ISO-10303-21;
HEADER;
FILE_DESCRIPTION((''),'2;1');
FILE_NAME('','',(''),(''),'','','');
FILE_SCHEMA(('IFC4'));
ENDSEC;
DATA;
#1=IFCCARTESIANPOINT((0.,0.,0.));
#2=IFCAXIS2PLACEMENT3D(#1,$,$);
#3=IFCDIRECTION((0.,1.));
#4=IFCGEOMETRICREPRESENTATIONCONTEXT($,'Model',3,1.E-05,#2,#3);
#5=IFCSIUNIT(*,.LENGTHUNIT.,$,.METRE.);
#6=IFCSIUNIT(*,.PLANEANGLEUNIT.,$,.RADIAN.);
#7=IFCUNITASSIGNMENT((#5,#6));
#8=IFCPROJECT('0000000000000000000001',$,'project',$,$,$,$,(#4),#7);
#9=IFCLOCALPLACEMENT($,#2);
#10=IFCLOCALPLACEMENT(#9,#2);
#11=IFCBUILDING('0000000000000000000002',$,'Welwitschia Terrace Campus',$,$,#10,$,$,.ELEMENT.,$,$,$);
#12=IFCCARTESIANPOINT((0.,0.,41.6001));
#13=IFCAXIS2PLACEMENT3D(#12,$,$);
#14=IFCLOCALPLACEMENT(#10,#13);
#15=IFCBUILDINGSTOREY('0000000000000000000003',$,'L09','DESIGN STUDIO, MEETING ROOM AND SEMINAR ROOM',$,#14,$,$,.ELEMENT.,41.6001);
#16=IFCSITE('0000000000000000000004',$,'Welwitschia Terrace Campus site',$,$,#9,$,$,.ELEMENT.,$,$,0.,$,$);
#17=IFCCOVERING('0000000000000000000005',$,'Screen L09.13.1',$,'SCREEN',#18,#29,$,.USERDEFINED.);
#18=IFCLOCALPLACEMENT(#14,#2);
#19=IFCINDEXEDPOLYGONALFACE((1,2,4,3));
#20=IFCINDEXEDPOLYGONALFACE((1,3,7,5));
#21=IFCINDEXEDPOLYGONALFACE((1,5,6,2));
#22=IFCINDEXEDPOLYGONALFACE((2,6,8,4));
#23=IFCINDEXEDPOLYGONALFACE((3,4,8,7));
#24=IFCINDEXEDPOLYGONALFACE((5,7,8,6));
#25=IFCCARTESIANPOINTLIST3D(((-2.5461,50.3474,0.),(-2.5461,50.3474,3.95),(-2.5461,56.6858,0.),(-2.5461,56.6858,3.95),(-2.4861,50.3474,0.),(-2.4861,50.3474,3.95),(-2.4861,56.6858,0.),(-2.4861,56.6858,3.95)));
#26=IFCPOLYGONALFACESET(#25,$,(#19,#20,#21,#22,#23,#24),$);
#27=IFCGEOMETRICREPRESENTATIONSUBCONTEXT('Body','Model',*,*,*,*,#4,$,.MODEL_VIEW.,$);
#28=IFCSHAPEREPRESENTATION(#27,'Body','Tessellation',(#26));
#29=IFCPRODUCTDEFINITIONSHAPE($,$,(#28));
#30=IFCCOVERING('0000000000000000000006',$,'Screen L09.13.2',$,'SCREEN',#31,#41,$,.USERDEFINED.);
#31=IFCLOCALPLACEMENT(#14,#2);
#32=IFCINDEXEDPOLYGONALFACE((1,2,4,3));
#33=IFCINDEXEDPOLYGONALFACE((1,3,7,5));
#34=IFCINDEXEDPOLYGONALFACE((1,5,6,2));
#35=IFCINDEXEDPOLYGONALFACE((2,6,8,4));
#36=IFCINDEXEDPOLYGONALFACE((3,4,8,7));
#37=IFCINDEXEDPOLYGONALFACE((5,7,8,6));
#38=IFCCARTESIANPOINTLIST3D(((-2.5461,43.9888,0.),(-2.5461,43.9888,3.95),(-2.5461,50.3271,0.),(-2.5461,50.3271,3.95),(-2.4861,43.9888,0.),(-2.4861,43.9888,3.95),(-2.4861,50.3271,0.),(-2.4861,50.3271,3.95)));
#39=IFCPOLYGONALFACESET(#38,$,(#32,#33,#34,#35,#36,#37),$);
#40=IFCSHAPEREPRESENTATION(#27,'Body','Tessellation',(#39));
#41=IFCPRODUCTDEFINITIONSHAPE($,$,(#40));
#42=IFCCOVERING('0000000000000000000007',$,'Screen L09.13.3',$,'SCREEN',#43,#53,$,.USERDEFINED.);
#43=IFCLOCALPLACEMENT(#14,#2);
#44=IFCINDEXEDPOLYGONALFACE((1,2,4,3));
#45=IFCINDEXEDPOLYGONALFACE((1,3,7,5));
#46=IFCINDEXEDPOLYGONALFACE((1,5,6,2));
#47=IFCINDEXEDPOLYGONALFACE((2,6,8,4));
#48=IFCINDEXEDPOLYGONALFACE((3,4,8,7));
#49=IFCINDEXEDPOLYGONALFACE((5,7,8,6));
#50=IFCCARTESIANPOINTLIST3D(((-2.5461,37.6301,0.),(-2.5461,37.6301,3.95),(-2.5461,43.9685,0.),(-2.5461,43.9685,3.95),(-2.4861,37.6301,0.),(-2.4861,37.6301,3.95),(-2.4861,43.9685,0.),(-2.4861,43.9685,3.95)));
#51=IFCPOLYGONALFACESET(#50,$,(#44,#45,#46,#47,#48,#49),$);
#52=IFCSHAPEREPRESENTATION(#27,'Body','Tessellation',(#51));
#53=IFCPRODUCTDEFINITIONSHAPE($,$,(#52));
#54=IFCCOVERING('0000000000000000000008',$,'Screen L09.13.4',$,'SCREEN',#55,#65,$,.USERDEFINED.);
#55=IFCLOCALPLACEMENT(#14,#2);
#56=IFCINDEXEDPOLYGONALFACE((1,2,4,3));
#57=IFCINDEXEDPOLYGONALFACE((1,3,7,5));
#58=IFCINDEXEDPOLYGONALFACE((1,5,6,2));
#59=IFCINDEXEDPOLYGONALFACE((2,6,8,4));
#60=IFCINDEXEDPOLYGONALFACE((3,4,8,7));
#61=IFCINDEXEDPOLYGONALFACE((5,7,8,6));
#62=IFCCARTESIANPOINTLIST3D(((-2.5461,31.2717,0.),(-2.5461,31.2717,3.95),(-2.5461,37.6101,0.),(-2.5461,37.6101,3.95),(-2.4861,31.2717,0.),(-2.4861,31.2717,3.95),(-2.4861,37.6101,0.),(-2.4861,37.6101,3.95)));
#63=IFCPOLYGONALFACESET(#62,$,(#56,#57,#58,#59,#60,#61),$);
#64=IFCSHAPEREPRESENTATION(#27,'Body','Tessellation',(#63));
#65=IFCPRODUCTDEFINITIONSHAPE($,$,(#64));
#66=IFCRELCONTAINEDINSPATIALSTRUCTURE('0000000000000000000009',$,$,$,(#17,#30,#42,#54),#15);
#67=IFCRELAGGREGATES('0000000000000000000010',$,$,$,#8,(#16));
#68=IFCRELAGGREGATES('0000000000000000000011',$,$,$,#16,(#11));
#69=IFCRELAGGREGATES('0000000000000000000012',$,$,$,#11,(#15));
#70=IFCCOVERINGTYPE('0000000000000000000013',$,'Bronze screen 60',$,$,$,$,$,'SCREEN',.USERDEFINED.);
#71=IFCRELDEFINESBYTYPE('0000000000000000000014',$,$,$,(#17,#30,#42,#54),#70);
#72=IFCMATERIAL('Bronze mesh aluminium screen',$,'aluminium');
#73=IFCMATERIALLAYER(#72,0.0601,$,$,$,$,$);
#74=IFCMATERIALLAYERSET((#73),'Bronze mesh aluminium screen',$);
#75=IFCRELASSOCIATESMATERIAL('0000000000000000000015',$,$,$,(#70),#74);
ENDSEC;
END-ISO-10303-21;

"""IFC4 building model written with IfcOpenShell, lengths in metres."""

from ifc_helpers import new_model, si_unit, direction, frame, origin, origin_2d, place, context, subcontext, project, spatial, rectangle, extrude, material, layer, layer_set, type_object, element, save


model = new_model("IFC4")

# Units and contexts
model_context = context("Model", 3, precision=1e-05, world=origin(), true_north=direction((0.0, 1.0)))
body_context = subcontext(model_context, "Body", "Model", "MODEL_VIEW")
ifc_project = project(units=[si_unit("LENGTHUNIT", "METRE"), si_unit("PLANEANGLEUNIT", "RADIAN")], contexts=[model_context])

# Site, building, storey
site_placement = place(None, origin())
site = spatial("IfcSite", under=ifc_project, at=site_placement, Name="Welwitschia Terrace Campus site", CompositionType="ELEMENT", RefElevation=0.0)
building_placement = place(site_placement, origin())
building = spatial("IfcBuilding", under=site, at=building_placement, Name="Welwitschia Terrace Campus", CompositionType="ELEMENT")
storey_placement = place(building_placement, frame((0.0, 0.0, 41.6001)))
storey = spatial("IfcBuildingStorey", under=building, at=storey_placement, Name="L09", Description="DESIGN STUDIO, MEETING ROOM AND SEMINAR ROOM", CompositionType="ELEMENT", Elevation=41.6001)

# Coverings
ifc_material_1 = material(Name="Bronze mesh aluminium screen", Category="aluminium")
ifc_layer_1 = layer(ifc_material_1, 0.0601)
ifc_layer_set_1 = layer_set([ifc_layer_1], Name="Bronze mesh aluminium screen")
covering_type = type_object("IfcCoveringType", Name="Bronze screen 60", ElementType="SCREEN", PredefinedType="USERDEFINED", material=ifc_layer_set_1)
for number, where, z_axis, x_axis, name in (
    (1, (-2.5161, 53.5166, 0.0), (0.0, 0.0, 1.0), (0.0, -1.0, 0.0), "Screen L09.13.1"),
    (2, (-2.5161, 47.158, 0.0), (0.0, 0.0, 1.0), (0.0, -1.0, 0.0), "Screen L09.13.2"),
    (3, (-2.5161, 40.7993, 0.0), (0.0, 0.0, 1.0), (0.0, -1.0, 0.0), "Screen L09.13.3"),
    (4, (-2.5161, 34.4409, 0.0), (0.0, 0.0, 1.0), (0.0, -1.0, 0.0), "Screen L09.13.4"),
):
    element("IfcCovering", number, at=place(storey_placement, frame(where, z_axis=z_axis, x_axis=x_axis)), inside=storey, type_object=covering_type, Name=name, ObjectType="SCREEN", PredefinedType="USERDEFINED", context=body_context, shape_type="SweptSolid", body=[
        extrude(rectangle(XDim=6.3384, YDim=0.0601, at=origin_2d()), origin(), (0.0, 0.0, 1.0), 3.95),
    ])

save(model, "model.ifc")
